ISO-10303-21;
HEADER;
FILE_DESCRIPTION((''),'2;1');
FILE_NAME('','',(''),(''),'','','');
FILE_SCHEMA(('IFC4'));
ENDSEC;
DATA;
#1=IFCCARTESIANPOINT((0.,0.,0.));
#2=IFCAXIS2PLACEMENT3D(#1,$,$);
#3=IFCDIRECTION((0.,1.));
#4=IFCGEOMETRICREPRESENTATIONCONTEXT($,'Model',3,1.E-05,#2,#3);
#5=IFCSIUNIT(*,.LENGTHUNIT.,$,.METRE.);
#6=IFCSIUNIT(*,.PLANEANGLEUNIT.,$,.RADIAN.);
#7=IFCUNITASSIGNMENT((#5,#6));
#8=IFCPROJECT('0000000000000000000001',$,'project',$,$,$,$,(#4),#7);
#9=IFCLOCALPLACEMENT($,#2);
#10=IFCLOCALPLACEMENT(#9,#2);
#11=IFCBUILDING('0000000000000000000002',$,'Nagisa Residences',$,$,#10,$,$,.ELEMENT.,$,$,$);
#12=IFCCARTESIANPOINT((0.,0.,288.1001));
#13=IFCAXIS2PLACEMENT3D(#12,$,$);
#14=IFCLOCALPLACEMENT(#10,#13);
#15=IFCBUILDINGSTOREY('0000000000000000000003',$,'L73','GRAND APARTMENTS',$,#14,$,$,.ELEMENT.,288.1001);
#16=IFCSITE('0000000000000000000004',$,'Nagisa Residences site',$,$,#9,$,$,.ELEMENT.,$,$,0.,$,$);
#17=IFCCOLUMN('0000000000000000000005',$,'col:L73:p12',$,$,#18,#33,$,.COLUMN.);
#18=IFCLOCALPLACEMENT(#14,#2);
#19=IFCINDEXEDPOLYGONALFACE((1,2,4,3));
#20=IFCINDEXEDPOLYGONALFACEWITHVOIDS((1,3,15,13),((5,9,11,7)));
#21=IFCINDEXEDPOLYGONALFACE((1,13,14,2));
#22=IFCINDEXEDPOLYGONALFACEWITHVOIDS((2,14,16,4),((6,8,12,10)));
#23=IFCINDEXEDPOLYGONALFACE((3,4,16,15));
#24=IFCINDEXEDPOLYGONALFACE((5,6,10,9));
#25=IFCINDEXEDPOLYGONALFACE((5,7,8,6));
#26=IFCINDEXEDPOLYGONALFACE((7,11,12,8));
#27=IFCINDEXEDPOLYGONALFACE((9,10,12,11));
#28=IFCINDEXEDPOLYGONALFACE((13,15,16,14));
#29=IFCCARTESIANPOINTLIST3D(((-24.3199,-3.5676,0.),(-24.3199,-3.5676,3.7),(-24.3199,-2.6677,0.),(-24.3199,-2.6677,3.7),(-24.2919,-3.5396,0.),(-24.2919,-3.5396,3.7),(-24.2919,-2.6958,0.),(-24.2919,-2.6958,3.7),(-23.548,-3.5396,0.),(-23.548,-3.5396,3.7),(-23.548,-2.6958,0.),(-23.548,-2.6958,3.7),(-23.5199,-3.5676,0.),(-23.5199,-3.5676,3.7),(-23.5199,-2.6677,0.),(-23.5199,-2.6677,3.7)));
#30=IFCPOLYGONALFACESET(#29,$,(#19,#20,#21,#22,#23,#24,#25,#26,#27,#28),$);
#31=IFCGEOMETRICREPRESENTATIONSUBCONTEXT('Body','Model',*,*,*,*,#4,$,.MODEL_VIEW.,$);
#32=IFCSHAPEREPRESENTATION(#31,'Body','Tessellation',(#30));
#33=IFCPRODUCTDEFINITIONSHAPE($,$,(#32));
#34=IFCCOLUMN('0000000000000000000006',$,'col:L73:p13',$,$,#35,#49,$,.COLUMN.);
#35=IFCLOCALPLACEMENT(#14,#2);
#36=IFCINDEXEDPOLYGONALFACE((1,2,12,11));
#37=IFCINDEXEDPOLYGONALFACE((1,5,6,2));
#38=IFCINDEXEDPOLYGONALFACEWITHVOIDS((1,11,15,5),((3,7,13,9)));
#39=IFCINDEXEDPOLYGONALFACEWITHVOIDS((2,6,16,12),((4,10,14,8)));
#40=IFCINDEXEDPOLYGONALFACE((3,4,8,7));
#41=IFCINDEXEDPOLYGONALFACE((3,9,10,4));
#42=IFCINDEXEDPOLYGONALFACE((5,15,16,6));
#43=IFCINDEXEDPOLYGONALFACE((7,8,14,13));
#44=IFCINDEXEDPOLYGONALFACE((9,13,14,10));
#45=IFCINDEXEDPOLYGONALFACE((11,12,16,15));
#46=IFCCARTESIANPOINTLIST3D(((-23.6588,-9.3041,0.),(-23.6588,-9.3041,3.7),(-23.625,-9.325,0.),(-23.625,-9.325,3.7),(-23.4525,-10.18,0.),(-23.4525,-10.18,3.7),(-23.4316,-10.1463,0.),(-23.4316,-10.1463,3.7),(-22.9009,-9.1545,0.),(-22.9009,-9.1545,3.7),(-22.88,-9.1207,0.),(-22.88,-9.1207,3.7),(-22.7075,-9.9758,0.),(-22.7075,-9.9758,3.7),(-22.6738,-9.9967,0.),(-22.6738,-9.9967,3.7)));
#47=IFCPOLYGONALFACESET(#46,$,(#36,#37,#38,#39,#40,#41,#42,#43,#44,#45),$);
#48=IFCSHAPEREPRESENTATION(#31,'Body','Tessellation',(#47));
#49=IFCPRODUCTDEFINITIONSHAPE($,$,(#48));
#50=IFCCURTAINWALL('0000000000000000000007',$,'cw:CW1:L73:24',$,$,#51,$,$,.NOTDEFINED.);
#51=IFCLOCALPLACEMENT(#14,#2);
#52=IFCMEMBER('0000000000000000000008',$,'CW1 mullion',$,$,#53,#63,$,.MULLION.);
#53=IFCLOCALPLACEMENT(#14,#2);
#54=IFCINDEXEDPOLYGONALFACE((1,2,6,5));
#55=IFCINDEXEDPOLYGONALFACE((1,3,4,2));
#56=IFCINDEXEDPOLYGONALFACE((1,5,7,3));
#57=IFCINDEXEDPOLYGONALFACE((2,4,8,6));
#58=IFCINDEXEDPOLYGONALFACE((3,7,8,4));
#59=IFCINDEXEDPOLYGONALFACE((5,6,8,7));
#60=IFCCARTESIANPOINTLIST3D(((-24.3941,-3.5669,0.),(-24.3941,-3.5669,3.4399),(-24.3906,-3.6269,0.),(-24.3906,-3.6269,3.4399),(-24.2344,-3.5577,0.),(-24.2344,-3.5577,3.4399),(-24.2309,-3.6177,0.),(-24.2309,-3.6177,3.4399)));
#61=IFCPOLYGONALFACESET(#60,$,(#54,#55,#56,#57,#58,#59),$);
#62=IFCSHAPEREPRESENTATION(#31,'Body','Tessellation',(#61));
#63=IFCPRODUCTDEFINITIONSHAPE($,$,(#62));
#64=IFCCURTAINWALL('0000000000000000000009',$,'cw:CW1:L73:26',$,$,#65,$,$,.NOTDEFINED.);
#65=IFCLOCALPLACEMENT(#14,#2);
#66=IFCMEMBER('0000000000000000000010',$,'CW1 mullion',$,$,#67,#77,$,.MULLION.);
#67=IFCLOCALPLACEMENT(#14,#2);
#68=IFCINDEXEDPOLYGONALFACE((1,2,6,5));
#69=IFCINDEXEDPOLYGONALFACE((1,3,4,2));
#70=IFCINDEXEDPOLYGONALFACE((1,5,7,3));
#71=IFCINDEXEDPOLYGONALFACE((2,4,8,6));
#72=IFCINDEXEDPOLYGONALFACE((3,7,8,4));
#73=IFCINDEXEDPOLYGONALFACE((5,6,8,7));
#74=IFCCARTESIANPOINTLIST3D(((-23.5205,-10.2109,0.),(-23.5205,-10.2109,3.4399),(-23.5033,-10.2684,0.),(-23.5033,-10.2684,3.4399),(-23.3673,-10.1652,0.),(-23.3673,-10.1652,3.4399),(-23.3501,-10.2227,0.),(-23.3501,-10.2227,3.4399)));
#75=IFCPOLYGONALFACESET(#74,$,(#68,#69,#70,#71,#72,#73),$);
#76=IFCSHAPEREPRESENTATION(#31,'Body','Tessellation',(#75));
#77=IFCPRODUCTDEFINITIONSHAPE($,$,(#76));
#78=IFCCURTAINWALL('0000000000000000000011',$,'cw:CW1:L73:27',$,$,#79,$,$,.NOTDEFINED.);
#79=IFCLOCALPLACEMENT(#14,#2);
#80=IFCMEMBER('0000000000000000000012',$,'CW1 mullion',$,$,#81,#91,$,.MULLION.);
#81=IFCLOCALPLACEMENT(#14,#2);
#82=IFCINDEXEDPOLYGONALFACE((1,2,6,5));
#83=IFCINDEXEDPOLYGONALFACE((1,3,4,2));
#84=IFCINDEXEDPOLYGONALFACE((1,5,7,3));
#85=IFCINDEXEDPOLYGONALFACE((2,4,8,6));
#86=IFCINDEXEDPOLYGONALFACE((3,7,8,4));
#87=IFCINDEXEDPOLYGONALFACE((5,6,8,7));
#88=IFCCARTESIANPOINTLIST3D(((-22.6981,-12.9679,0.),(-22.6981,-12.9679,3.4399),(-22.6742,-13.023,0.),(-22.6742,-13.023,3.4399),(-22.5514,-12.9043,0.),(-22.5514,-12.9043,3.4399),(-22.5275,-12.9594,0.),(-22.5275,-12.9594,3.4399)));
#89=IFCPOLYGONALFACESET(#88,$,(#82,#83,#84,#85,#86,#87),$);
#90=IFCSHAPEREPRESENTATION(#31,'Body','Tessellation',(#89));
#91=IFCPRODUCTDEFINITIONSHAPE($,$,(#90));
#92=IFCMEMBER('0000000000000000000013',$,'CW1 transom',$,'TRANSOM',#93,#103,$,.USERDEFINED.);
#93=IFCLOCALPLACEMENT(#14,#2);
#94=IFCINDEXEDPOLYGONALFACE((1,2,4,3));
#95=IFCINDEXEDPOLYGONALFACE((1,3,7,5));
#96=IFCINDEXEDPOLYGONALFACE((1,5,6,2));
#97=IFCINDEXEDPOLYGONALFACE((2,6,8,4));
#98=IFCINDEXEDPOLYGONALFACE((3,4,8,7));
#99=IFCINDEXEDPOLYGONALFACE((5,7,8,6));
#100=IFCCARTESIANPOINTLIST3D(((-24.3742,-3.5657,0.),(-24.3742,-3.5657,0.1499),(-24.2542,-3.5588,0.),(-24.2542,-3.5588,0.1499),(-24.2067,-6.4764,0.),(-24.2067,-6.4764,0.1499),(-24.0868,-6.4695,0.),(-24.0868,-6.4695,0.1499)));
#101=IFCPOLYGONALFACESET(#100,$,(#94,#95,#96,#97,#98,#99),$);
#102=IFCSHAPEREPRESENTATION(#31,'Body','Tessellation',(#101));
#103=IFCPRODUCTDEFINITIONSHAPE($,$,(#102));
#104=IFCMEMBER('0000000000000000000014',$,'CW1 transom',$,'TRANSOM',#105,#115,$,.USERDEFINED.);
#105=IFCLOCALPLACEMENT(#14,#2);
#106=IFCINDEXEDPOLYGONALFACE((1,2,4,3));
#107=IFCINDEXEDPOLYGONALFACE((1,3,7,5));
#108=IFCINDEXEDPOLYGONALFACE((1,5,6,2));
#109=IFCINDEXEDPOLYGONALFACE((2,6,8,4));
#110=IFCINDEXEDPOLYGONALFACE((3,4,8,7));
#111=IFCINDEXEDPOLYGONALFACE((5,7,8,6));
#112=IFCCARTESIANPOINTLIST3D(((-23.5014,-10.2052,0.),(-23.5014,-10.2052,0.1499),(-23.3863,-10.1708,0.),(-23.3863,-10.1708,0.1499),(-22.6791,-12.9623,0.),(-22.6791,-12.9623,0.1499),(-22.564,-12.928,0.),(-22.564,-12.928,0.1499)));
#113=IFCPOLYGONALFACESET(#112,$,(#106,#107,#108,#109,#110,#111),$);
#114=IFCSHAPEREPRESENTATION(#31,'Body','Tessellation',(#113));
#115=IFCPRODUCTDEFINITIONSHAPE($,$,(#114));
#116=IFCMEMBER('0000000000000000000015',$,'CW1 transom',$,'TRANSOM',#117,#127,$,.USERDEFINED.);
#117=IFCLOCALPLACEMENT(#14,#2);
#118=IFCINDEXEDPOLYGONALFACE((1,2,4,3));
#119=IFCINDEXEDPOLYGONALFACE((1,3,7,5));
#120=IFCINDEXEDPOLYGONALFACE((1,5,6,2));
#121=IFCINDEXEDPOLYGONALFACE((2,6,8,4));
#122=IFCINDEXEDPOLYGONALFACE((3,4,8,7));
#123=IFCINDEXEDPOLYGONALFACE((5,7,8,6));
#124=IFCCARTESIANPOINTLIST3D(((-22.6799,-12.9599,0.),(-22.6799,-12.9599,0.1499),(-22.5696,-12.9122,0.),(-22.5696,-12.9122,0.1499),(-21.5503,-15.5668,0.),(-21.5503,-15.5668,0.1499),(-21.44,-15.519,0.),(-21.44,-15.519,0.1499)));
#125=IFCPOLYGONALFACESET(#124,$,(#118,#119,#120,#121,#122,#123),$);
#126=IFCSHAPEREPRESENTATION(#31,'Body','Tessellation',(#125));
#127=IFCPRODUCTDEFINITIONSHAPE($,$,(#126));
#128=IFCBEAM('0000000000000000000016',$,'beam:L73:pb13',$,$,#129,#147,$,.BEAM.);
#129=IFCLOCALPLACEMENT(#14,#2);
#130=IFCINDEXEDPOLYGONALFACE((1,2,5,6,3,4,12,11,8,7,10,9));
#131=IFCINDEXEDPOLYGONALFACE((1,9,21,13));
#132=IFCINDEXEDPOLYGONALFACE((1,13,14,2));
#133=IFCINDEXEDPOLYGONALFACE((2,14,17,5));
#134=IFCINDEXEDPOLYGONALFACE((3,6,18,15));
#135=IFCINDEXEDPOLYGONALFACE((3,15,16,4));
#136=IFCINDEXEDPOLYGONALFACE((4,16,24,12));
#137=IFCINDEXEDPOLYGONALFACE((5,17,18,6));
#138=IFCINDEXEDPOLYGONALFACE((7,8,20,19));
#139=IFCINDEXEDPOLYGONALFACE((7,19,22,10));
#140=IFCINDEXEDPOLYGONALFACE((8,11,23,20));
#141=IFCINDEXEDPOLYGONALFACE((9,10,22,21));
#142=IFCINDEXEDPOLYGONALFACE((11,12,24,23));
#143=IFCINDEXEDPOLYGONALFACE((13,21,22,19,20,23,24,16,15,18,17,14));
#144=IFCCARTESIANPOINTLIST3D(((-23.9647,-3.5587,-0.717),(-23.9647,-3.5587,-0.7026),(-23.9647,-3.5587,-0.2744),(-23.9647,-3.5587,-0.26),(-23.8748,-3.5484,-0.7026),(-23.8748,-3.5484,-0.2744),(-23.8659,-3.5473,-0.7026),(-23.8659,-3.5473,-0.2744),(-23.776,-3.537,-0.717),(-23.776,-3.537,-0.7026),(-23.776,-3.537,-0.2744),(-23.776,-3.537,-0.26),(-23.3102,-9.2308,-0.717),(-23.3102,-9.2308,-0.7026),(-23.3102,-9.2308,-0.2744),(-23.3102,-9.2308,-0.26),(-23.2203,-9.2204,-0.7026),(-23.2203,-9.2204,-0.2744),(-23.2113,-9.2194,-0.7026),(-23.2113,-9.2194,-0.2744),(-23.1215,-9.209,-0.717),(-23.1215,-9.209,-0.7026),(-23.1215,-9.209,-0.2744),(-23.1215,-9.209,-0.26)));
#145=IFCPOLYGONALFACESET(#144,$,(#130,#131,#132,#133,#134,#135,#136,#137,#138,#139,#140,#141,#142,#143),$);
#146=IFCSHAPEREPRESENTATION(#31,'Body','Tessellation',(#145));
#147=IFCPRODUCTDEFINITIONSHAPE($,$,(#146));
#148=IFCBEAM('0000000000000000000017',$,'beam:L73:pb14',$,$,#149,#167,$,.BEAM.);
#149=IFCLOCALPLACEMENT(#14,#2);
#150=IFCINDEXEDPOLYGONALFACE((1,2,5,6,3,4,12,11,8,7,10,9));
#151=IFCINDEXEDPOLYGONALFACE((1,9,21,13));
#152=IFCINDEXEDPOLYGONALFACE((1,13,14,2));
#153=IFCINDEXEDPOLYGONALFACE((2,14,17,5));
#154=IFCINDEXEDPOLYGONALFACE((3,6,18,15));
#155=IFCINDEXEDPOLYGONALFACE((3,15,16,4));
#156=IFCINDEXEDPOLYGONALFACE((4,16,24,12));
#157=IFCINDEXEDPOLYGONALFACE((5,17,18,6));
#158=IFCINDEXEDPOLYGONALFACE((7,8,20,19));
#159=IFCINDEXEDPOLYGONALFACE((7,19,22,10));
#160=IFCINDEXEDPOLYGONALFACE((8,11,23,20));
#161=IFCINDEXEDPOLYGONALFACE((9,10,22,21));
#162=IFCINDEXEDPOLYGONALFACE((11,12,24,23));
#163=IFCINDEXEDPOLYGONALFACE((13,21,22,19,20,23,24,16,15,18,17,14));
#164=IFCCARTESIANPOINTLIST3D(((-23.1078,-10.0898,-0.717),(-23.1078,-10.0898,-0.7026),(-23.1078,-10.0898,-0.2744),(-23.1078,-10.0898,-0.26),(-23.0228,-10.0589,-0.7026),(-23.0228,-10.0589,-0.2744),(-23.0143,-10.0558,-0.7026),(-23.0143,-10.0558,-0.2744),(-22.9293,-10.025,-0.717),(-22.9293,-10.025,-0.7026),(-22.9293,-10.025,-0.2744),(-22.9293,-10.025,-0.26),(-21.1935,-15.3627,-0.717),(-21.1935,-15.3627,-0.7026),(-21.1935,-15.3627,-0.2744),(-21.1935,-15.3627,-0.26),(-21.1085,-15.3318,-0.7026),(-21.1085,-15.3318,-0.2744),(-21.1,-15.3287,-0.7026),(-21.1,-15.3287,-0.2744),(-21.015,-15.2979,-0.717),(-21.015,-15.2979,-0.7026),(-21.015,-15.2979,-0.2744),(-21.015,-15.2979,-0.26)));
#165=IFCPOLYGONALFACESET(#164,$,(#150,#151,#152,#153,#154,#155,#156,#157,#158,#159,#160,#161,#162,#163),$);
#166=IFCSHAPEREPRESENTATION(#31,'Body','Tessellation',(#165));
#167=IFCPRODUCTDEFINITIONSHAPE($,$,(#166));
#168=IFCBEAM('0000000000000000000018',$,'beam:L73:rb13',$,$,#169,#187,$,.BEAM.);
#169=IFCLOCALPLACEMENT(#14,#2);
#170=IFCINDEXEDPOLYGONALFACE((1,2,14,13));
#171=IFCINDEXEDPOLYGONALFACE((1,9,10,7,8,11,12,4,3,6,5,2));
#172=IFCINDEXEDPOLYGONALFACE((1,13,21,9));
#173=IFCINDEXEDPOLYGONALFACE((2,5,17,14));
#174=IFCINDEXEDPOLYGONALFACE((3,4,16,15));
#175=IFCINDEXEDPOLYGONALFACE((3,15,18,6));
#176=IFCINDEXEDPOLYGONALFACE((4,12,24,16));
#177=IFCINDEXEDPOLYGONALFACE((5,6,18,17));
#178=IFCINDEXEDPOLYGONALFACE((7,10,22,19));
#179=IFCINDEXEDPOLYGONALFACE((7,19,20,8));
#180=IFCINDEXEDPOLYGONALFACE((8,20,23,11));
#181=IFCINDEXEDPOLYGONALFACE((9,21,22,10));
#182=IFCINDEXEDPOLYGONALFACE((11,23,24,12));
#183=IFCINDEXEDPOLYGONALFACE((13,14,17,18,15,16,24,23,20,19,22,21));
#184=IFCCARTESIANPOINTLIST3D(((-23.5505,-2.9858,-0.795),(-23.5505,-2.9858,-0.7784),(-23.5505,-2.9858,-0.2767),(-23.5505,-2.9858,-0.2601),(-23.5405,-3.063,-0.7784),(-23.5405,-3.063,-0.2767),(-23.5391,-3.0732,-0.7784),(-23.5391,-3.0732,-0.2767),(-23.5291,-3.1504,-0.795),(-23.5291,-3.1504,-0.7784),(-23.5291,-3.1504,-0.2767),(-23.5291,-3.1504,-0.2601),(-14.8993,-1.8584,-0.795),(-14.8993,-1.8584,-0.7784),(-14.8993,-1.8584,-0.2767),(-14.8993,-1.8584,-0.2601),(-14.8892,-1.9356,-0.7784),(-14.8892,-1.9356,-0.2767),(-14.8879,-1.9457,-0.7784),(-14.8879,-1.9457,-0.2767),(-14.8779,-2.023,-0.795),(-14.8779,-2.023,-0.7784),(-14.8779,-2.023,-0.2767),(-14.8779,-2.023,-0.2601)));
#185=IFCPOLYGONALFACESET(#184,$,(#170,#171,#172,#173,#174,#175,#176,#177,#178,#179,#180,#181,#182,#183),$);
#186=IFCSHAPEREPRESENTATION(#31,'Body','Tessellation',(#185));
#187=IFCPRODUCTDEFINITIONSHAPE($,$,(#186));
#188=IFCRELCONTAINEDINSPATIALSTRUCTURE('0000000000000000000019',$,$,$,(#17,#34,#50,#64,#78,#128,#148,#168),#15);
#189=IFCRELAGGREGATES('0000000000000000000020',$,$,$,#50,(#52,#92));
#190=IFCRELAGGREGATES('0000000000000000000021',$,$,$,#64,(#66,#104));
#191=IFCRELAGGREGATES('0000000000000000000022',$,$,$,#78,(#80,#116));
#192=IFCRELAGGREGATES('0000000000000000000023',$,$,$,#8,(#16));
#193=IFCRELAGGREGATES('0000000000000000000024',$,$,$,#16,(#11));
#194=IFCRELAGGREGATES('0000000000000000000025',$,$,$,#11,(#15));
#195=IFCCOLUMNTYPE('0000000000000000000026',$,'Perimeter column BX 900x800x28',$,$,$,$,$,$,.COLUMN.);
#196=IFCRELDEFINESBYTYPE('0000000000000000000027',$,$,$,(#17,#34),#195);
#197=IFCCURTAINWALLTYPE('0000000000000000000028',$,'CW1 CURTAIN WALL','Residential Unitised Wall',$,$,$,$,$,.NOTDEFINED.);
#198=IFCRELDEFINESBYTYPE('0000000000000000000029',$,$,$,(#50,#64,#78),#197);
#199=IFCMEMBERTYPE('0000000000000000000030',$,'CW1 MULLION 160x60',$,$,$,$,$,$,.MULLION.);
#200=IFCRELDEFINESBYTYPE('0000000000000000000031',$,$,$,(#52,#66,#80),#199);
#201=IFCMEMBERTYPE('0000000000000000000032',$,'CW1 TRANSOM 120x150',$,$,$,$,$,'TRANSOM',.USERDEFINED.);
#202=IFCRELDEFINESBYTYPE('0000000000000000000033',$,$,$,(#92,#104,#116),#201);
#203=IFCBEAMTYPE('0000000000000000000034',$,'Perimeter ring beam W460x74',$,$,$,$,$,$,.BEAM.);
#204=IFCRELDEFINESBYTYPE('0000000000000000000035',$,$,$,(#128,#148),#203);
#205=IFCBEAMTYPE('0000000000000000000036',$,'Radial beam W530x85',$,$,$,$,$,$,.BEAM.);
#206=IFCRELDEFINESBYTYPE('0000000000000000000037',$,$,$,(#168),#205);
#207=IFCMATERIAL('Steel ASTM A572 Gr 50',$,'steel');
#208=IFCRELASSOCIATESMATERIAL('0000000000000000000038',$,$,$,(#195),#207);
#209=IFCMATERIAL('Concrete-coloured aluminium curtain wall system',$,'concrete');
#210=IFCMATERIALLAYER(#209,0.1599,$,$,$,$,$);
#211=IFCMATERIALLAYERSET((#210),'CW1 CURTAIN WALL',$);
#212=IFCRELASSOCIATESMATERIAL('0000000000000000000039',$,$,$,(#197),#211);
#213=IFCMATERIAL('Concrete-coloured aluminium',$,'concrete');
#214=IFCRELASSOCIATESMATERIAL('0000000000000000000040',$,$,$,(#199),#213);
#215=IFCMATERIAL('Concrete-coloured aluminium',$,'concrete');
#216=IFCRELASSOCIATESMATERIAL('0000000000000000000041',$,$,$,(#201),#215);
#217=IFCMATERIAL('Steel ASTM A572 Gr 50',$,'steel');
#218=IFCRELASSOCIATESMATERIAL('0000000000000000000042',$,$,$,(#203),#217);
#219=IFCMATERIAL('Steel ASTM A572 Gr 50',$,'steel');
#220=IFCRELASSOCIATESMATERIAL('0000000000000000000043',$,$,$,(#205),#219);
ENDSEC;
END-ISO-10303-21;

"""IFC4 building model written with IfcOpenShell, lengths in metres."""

from ifc_helpers import new_model, si_unit, direction, frame, origin, origin_2d, place, context, subcontext, project, spatial, rectangle, hollow_rectangle, i_section, extrude, material, layer, layer_set, material_profile, profile_set, type_object, element, aggregate, save


model = new_model("IFC4")

# Units and contexts
model_context = context("Model", 3, precision=1e-05, world=origin(), true_north=direction((0.0, 1.0)))
body_context = subcontext(model_context, "Body", "Model", "MODEL_VIEW")
ifc_project = project(units=[si_unit("LENGTHUNIT", "METRE"), si_unit("PLANEANGLEUNIT", "RADIAN")], contexts=[model_context])

# Site, building, storey
site_placement = place(None, origin())
site = spatial("IfcSite", under=ifc_project, at=site_placement, Name="Nagisa Residences site", CompositionType="ELEMENT", RefElevation=0.0)
building_placement = place(site_placement, origin())
building = spatial("IfcBuilding", under=site, at=building_placement, Name="Nagisa Residences", CompositionType="ELEMENT")
storey_placement = place(building_placement, frame((0.0, 0.0, 288.1001)))
storey = spatial("IfcBuildingStorey", under=building, at=storey_placement, Name="L73", Description="GRAND APARTMENTS", CompositionType="ELEMENT", Elevation=288.1001)

# Columns
ifc_material_1 = material(Name="Steel ASTM A572 Gr 50", Category="steel")
ifc_material_profile_1 = material_profile(ifc_material_1, hollow_rectangle(XDim=0.8999, YDim=0.8, WallThickness=0.0281, at=origin_2d()), Name="BX 900x800x28")
ifc_profile_set_1 = profile_set([ifc_material_profile_1], Name="Steel ASTM A572 Gr 50")
column_type = type_object("IfcColumnType", Name="Perimeter column BX 900x800x28", PredefinedType="COLUMN", material=ifc_profile_set_1)
for number, where, z_axis, x_axis, name in (
    (1, (-23.9199, -3.1177, 0.0), (0.0, 0.0, 1.0), (0.0, -1.0, 0.0), "col:L73:p12"),
    (2, (-23.1663, -9.6504, 0.0), (0.0, 0.0, 1.0), (0.229202, -0.973379, 0.0), "col:L73:p13"),
):
    element("IfcColumn", number, at=place(storey_placement, frame(where, z_axis=z_axis, x_axis=x_axis)), inside=storey, type_object=column_type, Name=name, PredefinedType="COLUMN", context=body_context, shape_type="SweptSolid", body=[
        extrude(hollow_rectangle(XDim=0.8999, YDim=0.8, WallThickness=0.0281, at=origin_2d()), origin(), (0.0, 0.0, 1.0), 3.7),
    ])

# Curtain walls, members
ifc_material_2 = material(Name="Concrete-coloured aluminium curtain wall system", Category="concrete")
ifc_layer_1 = layer(ifc_material_2, 0.1599)
ifc_layer_set_1 = layer_set([ifc_layer_1], Name="CW1 CURTAIN WALL")
curtain_wall_type = type_object("IfcCurtainWallType", Name="CW1 CURTAIN WALL", Description="Residential Unitised Wall", PredefinedType="NOTDEFINED", material=ifc_layer_set_1)
curtain_wall_1_placement = place(storey_placement, origin())
curtain_wall_1 = element("IfcCurtainWall", 3, at=curtain_wall_1_placement, inside=storey, type_object=curtain_wall_type, Name="cw:CW1:L73:24", PredefinedType="NOTDEFINED")
ifc_material_3 = material(Name="Concrete-coloured aluminium", Category="concrete")
ifc_material_profile_2 = material_profile(ifc_material_3, rectangle(XDim=0.1599, YDim=0.0601, at=origin_2d()), Name="CW1 MULLION 160x60")
ifc_profile_set_2 = profile_set([ifc_material_profile_2], Name="Concrete-coloured aluminium")
member_type_1 = type_object("IfcMemberType", Name="CW1 MULLION 160x60", PredefinedType="MULLION", material=ifc_profile_set_2)
member_1_placement = place(storey_placement, frame((-24.3125, -3.5923, 0.0), z_axis=(0.0, 0.0, 1.0), x_axis=(0.998345, 0.057503, 0.0)))
member_1 = element("IfcMember", 4, at=member_1_placement, type_object=member_type_1, Name="CW1 mullion", PredefinedType="MULLION", context=body_context, shape_type="SweptSolid", body=[
    extrude(rectangle(XDim=0.1599, YDim=0.0601, at=origin_2d()), origin(), (0.0, 0.0, 1.0), 3.4399),
])
curtain_wall_2_placement = place(storey_placement, origin())
curtain_wall_2 = element("IfcCurtainWall", 5, at=curtain_wall_2_placement, inside=storey, type_object=curtain_wall_type, Name="cw:CW1:L73:26", PredefinedType="NOTDEFINED")
member_2_placement = place(storey_placement, frame((-23.4353, -10.2168, 0.0), z_axis=(0.0, 0.0, 1.0), x_axis=(0.958271, 0.28586, 0.0)))
member_2 = element("IfcMember", 6, at=member_2_placement, type_object=member_type_1, Name="CW1 mullion", PredefinedType="MULLION", context=body_context, shape_type="SweptSolid", body=[
    extrude(rectangle(XDim=0.1599, YDim=0.0601, at=origin_2d()), origin(), (0.0, 0.0, 1.0), 3.4399),
])
curtain_wall_3_placement = place(storey_placement, origin())
curtain_wall_3 = element("IfcCurtainWall", 7, at=curtain_wall_3_placement, inside=storey, type_object=curtain_wall_type, Name="cw:CW1:L73:27", PredefinedType="NOTDEFINED")
member_3_placement = place(storey_placement, frame((-22.6128, -12.9636, 0.0), z_axis=(0.0, 0.0, 1.0), x_axis=(0.917543, 0.397636, 0.0)))
member_3 = element("IfcMember", 8, at=member_3_placement, type_object=member_type_1, Name="CW1 mullion", PredefinedType="MULLION", context=body_context, shape_type="SweptSolid", body=[
    extrude(rectangle(XDim=0.1599, YDim=0.0601, at=origin_2d()), origin(), (0.0, 0.0, 1.0), 3.4399),
])

# Members
ifc_material_4 = material(Name="Concrete-coloured aluminium", Category="concrete")
ifc_material_profile_3 = material_profile(ifc_material_4, rectangle(XDim=0.1201, YDim=0.1499, at=origin_2d()), Name="CW1 TRANSOM 120x150")
ifc_profile_set_3 = profile_set([ifc_material_profile_3], Name="Concrete-coloured aluminium")
member_type_2 = type_object("IfcMemberType", Name="CW1 TRANSOM 120x150", ElementType="TRANSOM", PredefinedType="USERDEFINED", material=ifc_profile_set_3)
member_4_placement = place(storey_placement, frame((-24.3142, -3.5623, 0.075), z_axis=(0.057446, -0.998349, 0.0), x_axis=(0.998349, 0.057446, 0.0)))
member_4 = element("IfcMember", 9, at=member_4_placement, type_object=member_type_2, Name="CW1 transom", ObjectType="TRANSOM", PredefinedType="USERDEFINED", context=body_context, shape_type="SweptSolid", body=[
    extrude(rectangle(XDim=0.1201, YDim=0.1499, at=origin_2d()), origin(), (0.0, 0.0, 1.0), 2.9155),
])
member_5_placement = place(storey_placement, frame((-23.4438, -10.188, 0.075), z_axis=(0.285798, -0.95829, 0.0), x_axis=(0.95829, 0.285798, 0.0)))
member_5 = element("IfcMember", 10, at=member_5_placement, type_object=member_type_2, Name="CW1 transom", ObjectType="TRANSOM", PredefinedType="USERDEFINED", context=body_context, shape_type="SweptSolid", body=[
    extrude(rectangle(XDim=0.1201, YDim=0.1499, at=origin_2d()), origin(), (0.0, 0.0, 1.0), 2.8772),
])
member_6_placement = place(storey_placement, frame((-22.6248, -12.936, 0.075), z_axis=(0.397598, -0.91756, 0.0), x_axis=(0.91756, 0.397598, 0.0)))
member_6 = element("IfcMember", 11, at=member_6_placement, type_object=member_type_2, Name="CW1 transom", ObjectType="TRANSOM", PredefinedType="USERDEFINED", context=body_context, shape_type="SweptSolid", body=[
    extrude(rectangle(XDim=0.1201, YDim=0.1499, at=origin_2d()), origin(), (0.0, 0.0, 1.0), 2.8411),
])

# Beams
ifc_material_5 = material(Name="Steel ASTM A572 Gr 50", Category="steel")
ifc_material_profile_4 = material_profile(ifc_material_5, i_section(OverallWidth=0.1899, OverallDepth=0.457, WebThickness=0.009, FlangeThickness=0.0144, at=origin_2d()), Name="W460x74")
ifc_profile_set_4 = profile_set([ifc_material_profile_4], Name="Steel ASTM A572 Gr 50")
beam_type_1 = type_object("IfcBeamType", Name="Perimeter ring beam W460x74", PredefinedType="BEAM", material=ifc_profile_set_4)
beam_1_placement = place(storey_placement, frame((-23.8704, -3.5479, -0.4885), z_axis=(0.114635, -0.993408, 0.0), x_axis=(0.993408, 0.114635, 0.0)))
element("IfcBeam", 12, at=beam_1_placement, inside=storey, type_object=beam_type_1, Name="beam:L73:pb13", PredefinedType="BEAM", context=body_context, shape_type="SweptSolid", body=[
    extrude(i_section(OverallWidth=0.1899, OverallDepth=0.457, WebThickness=0.009, FlangeThickness=0.0144, at=origin_2d()), origin(), (0.0, 0.0, 1.0), 5.7097),
])
beam_2_placement = place(storey_placement, frame((-23.0186, -10.0574, -0.4885), z_axis=(0.34125, -0.939972, 0.0), x_axis=(0.939972, 0.34125, 0.0)))
element("IfcBeam", 13, at=beam_2_placement, inside=storey, type_object=beam_type_1, Name="beam:L73:pb14", PredefinedType="BEAM", context=body_context, shape_type="SweptSolid", body=[
    extrude(i_section(OverallWidth=0.1899, OverallDepth=0.457, WebThickness=0.009, FlangeThickness=0.0144, at=origin_2d()), origin(), (0.0, 0.0, 1.0), 5.6096),
])
ifc_material_6 = material(Name="Steel ASTM A572 Gr 50", Category="steel")
ifc_material_profile_5 = material_profile(ifc_material_6, i_section(OverallWidth=0.166, OverallDepth=0.5349, WebThickness=0.0103, FlangeThickness=0.0166, at=origin_2d()), Name="W530x85")
ifc_profile_set_5 = profile_set([ifc_material_profile_5], Name="Steel ASTM A572 Gr 50")
beam_type_2 = type_object("IfcBeamType", Name="Radial beam W530x85", PredefinedType="BEAM", material=ifc_profile_set_5)
beam_3_placement = place(storey_placement, frame((-23.5398, -3.0681, -0.5276), z_axis=(0.991615, 0.12923, 0.0), x_axis=(-0.12923, 0.991615, 0.0)))
element("IfcBeam", 14, at=beam_3_placement, inside=storey, type_object=beam_type_2, Name="beam:L73:rb13", PredefinedType="BEAM", context=body_context, shape_type="SweptSolid", body=[
    extrude(i_section(OverallWidth=0.166, OverallDepth=0.5349, WebThickness=0.0103, FlangeThickness=0.0166, at=origin_2d()), origin(), (0.0, 0.0, 1.0), 8.7244),
])

aggregate(curtain_wall_1, [member_1, member_4])
aggregate(curtain_wall_2, [member_2, member_5])
aggregate(curtain_wall_3, [member_3, member_6])

save(model, "model.ifc")
